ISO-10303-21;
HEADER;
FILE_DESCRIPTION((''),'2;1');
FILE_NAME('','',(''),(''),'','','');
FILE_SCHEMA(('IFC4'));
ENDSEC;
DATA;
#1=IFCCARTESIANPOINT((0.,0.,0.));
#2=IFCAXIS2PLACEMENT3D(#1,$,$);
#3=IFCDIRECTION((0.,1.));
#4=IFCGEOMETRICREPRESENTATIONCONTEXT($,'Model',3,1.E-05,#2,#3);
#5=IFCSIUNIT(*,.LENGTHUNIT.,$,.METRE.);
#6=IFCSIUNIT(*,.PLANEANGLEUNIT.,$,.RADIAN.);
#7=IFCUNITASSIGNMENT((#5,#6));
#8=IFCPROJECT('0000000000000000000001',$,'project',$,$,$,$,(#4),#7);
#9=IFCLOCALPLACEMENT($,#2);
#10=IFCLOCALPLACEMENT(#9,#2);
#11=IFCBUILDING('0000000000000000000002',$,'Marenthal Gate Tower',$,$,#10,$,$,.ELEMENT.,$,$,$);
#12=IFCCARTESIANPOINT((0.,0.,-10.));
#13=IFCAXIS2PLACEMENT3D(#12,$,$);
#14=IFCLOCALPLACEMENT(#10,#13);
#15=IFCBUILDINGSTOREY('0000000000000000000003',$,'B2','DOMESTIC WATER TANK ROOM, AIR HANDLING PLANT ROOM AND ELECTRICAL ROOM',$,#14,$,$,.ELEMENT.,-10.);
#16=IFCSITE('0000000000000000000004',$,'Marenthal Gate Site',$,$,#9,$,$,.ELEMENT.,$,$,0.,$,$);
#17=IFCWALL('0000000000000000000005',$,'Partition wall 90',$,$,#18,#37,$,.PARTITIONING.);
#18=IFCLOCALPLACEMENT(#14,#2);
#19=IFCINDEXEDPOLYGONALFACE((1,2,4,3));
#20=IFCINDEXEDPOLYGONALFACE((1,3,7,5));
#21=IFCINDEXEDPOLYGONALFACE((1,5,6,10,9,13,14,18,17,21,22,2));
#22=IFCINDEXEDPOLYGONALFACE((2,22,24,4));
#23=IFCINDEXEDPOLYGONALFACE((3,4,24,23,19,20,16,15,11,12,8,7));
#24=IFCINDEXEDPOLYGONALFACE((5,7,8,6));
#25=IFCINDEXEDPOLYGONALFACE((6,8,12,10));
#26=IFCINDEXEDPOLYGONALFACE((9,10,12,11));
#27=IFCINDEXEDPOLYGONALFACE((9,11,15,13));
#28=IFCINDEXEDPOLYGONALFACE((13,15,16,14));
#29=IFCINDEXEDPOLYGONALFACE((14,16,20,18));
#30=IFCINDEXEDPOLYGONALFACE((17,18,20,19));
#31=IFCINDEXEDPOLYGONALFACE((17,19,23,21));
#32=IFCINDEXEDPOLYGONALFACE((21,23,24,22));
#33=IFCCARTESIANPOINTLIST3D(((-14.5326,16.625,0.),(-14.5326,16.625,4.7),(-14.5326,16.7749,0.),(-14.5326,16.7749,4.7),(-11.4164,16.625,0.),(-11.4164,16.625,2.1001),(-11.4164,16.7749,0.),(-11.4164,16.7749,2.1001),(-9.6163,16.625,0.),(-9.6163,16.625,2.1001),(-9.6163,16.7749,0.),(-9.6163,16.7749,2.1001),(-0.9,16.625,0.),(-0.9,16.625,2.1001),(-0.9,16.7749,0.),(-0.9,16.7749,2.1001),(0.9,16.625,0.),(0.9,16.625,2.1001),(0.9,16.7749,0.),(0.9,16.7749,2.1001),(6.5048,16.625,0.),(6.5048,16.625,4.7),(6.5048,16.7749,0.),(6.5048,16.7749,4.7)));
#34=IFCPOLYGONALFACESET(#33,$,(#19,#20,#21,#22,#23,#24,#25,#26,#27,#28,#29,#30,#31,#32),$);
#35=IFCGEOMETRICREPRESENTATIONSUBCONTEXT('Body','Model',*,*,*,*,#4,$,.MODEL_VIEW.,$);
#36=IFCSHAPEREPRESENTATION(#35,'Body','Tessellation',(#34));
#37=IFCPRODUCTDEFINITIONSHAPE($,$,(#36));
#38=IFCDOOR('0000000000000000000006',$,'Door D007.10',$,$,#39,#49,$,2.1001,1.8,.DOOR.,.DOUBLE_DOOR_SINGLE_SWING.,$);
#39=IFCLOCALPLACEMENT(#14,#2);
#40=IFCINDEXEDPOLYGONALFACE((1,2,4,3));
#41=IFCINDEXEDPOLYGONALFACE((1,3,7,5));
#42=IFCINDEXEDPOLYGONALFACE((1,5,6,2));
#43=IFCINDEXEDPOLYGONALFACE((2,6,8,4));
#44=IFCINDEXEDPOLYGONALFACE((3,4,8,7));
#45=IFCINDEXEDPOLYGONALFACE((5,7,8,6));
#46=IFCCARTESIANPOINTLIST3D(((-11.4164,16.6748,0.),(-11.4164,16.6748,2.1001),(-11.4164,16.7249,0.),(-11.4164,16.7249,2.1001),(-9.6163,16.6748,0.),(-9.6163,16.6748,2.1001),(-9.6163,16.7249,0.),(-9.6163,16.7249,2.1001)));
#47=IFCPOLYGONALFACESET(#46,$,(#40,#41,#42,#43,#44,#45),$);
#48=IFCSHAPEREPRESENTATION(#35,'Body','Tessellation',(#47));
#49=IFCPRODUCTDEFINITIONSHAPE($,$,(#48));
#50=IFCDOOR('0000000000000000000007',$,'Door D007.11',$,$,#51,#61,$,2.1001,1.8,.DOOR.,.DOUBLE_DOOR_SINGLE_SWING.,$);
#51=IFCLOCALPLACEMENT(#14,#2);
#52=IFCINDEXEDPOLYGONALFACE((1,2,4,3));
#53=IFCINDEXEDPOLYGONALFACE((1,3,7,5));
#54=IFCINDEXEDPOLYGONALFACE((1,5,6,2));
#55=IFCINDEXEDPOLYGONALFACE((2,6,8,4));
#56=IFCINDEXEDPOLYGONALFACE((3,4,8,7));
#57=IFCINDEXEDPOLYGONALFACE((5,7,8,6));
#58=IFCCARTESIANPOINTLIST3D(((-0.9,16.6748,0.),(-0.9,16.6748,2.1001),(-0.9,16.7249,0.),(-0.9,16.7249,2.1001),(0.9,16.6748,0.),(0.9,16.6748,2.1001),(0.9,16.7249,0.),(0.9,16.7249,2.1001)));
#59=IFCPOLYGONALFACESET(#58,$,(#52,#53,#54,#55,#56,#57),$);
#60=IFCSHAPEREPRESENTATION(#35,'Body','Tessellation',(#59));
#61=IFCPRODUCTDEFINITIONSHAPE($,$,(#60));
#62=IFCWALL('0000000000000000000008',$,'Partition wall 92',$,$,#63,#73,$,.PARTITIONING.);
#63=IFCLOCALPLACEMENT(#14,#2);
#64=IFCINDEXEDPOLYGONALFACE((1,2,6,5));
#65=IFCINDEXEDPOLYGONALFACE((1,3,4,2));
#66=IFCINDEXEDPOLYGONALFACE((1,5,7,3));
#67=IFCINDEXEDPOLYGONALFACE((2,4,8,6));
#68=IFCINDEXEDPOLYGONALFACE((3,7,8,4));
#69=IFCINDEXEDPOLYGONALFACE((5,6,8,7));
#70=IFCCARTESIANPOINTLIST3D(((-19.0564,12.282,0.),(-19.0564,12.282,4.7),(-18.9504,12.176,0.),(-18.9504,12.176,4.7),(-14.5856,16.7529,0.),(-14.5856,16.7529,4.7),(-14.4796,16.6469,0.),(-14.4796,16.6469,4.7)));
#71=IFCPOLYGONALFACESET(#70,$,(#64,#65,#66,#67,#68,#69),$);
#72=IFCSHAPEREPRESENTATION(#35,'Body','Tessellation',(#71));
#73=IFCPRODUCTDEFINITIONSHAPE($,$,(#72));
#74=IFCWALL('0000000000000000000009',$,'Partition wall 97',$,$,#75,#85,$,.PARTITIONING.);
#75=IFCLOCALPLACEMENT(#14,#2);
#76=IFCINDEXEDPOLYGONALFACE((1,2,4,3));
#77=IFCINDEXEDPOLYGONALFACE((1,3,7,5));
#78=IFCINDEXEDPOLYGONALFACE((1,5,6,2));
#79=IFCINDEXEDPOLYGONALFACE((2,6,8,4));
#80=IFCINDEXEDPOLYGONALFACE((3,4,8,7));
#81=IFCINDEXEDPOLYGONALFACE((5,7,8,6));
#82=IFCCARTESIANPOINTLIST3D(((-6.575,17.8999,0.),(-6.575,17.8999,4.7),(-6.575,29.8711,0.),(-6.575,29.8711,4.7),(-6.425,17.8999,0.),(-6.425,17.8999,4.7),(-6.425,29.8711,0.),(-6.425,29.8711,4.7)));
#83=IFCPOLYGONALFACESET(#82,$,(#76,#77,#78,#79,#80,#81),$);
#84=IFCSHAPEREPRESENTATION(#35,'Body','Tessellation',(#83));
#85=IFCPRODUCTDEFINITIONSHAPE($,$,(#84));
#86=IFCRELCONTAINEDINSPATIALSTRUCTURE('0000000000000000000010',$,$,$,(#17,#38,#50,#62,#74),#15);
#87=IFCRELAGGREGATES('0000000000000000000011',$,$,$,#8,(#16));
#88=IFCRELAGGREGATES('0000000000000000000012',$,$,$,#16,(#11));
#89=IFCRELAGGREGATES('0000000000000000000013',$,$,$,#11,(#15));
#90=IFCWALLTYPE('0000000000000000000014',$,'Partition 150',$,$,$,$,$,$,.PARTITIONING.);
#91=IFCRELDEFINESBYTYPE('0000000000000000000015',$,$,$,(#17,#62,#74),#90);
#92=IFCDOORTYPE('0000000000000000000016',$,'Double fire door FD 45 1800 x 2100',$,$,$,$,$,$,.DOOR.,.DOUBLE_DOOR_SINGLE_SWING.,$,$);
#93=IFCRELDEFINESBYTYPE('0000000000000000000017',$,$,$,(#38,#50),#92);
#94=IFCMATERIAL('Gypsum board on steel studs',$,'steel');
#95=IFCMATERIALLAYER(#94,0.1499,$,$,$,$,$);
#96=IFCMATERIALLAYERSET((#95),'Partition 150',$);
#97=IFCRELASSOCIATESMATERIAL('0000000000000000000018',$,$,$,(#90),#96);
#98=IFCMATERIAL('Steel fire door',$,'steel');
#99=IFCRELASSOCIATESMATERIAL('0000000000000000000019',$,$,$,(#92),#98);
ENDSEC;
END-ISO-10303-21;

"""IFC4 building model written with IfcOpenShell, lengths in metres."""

from ifc_helpers import new_model, si_unit, direction, frame, frame_2d, origin, place, context, subcontext, project, spatial, rectangle, extrude, material, layer, layer_set, type_object, element, fill, save


model = new_model("IFC4")

# Units and contexts
model_context = context("Model", 3, precision=1e-05, world=origin(), true_north=direction((0.0, 1.0)))
body_context = subcontext(model_context, "Body", "Model", "MODEL_VIEW")
ifc_project = project(units=[si_unit("LENGTHUNIT", "METRE"), si_unit("PLANEANGLEUNIT", "RADIAN")], contexts=[model_context])

# Site, building, storey
site_placement = place(None, origin())
site = spatial("IfcSite", under=ifc_project, at=site_placement, Name="Marenthal Gate Site", CompositionType="ELEMENT", RefElevation=0.0)
building_placement = place(site_placement, origin())
building = spatial("IfcBuilding", under=site, at=building_placement, Name="Marenthal Gate Tower", CompositionType="ELEMENT")
storey_placement = place(building_placement, frame((0.0, 0.0, -10.0)))
storey = spatial("IfcBuildingStorey", under=building, at=storey_placement, Name="B2", Description="DOMESTIC WATER TANK ROOM, AIR HANDLING PLANT ROOM AND ELECTRICAL ROOM", CompositionType="ELEMENT", Elevation=-10.0)

# Shared definitions
ifc_material_1 = material(Name="Gypsum board on steel studs", Category="steel")
ifc_layer_1 = layer(ifc_material_1, 0.1499)
ifc_layer_set_1 = layer_set([ifc_layer_1], Name="Partition 150")
wall_type_1 = type_object("IfcWallType", Name="Partition 150", PredefinedType="PARTITIONING", material=ifc_layer_set_1)

# Wall, openings, doors
wall_1_placement = place(storey_placement, frame((-14.5325, 16.7, 0.0), z_axis=(0.0, 0.0, 1.0), x_axis=(1.0, 0.0, 0.0)))
wall_1 = element("IfcWall", 1, at=wall_1_placement, inside=storey, type_object=wall_type_1, Name="Partition wall 90", PredefinedType="PARTITIONING", context=body_context, shape_type="SweptSolid", body=[
    extrude(rectangle(XDim=21.0374, YDim=0.1499, at=frame_2d((10.5186, 0.0))), origin(), (0.0, 0.0, 1.0), 4.7),
])
opening_1_placement = place(wall_1_placement, frame((3.1162, 0.0, 0.0)))
opening_1 = element("IfcOpeningElement", 2, at=opening_1_placement, cuts=wall_1, PredefinedType="OPENING", context=body_context, shape_type="SweptSolid", body=[
    extrude(rectangle(XDim=1.8, YDim=2.1001, at=frame_2d((0.8999, 1.05))), frame((0.0, 0.085, 0.0), z_axis=(0.0, -1.0, 0.0), x_axis=(1.0, 0.0, 0.0)), (0.0, 0.0, 1.0), 0.1699),
])
opening_2_placement = place(wall_1_placement, frame((13.6326, 0.0, 0.0)))
opening_2 = element("IfcOpeningElement", 3, at=opening_2_placement, cuts=wall_1, PredefinedType="OPENING", context=body_context, shape_type="SweptSolid", body=[
    extrude(rectangle(XDim=1.8, YDim=2.1001, at=frame_2d((0.8999, 1.05))), frame((0.0, 0.085, 0.0), z_axis=(0.0, -1.0, 0.0), x_axis=(1.0, 0.0, 0.0)), (0.0, 0.0, 1.0), 0.1699),
])
ifc_material_2 = material(Name="Steel fire door", Category="steel")
door_type_1 = type_object("IfcDoorType", Name="Double fire door FD 45 1800 x 2100", OperationType="DOUBLE_DOOR_SINGLE_SWING", PredefinedType="DOOR", material=ifc_material_2)
door_1_placement = place(opening_1_placement, origin())
door_1 = element("IfcDoor", 4, at=door_1_placement, inside=storey, type_object=door_type_1, Name="Door D007.10", OperationType="DOUBLE_DOOR_SINGLE_SWING", OverallHeight=2.1001, OverallWidth=1.8, PredefinedType="DOOR", context=body_context, shape_type="SweptSolid", body=[
    extrude(rectangle(XDim=1.8, YDim=2.1001, at=frame_2d((0.8999, 1.05))), frame((0.0, 0.0249, 0.0), z_axis=(0.0, -1.0, 0.0), x_axis=(1.0, 0.0, 0.0)), (0.0, 0.0, 1.0), 0.05),
])
fill(opening_1, door_1)
door_2_placement = place(opening_2_placement, origin())
door_2 = element("IfcDoor", 5, at=door_2_placement, inside=storey, type_object=door_type_1, Name="Door D007.11", OperationType="DOUBLE_DOOR_SINGLE_SWING", OverallHeight=2.1001, OverallWidth=1.8, PredefinedType="DOOR", context=body_context, shape_type="SweptSolid", body=[
    extrude(rectangle(XDim=1.8, YDim=2.1001, at=frame_2d((0.8999, 1.05))), frame((0.0, 0.0249, 0.0), z_axis=(0.0, -1.0, 0.0), x_axis=(1.0, 0.0, 0.0)), (0.0, 0.0, 1.0), 0.05),
])
fill(opening_2, door_2)

# Walls
wall_2_placement = place(storey_placement, frame((-19.0034, 12.229, 0.0), z_axis=(0.0, 0.0, 1.0), x_axis=(0.707107, 0.707107, 0.0)))
element("IfcWall", 6, at=wall_2_placement, inside=storey, type_object=wall_type_1, Name="Partition wall 92", PredefinedType="PARTITIONING", context=body_context, shape_type="SweptSolid", body=[
    extrude(rectangle(XDim=6.3228, YDim=0.1499, at=frame_2d((3.1614, 0.0))), origin(), (0.0, 0.0, 1.0), 4.7),
])
wall_3_placement = place(storey_placement, frame((-6.5, 17.8999, 0.0), z_axis=(0.0, 0.0, 1.0), x_axis=(0.0, 1.0, 0.0)))
element("IfcWall", 7, at=wall_3_placement, inside=storey, type_object=wall_type_1, Name="Partition wall 97", PredefinedType="PARTITIONING", context=body_context, shape_type="SweptSolid", body=[
    extrude(rectangle(XDim=11.9712, YDim=0.1499, at=frame_2d((5.9856, 0.0))), origin(), (0.0, 0.0, 1.0), 4.7),
])

save(model, "model.ifc")
